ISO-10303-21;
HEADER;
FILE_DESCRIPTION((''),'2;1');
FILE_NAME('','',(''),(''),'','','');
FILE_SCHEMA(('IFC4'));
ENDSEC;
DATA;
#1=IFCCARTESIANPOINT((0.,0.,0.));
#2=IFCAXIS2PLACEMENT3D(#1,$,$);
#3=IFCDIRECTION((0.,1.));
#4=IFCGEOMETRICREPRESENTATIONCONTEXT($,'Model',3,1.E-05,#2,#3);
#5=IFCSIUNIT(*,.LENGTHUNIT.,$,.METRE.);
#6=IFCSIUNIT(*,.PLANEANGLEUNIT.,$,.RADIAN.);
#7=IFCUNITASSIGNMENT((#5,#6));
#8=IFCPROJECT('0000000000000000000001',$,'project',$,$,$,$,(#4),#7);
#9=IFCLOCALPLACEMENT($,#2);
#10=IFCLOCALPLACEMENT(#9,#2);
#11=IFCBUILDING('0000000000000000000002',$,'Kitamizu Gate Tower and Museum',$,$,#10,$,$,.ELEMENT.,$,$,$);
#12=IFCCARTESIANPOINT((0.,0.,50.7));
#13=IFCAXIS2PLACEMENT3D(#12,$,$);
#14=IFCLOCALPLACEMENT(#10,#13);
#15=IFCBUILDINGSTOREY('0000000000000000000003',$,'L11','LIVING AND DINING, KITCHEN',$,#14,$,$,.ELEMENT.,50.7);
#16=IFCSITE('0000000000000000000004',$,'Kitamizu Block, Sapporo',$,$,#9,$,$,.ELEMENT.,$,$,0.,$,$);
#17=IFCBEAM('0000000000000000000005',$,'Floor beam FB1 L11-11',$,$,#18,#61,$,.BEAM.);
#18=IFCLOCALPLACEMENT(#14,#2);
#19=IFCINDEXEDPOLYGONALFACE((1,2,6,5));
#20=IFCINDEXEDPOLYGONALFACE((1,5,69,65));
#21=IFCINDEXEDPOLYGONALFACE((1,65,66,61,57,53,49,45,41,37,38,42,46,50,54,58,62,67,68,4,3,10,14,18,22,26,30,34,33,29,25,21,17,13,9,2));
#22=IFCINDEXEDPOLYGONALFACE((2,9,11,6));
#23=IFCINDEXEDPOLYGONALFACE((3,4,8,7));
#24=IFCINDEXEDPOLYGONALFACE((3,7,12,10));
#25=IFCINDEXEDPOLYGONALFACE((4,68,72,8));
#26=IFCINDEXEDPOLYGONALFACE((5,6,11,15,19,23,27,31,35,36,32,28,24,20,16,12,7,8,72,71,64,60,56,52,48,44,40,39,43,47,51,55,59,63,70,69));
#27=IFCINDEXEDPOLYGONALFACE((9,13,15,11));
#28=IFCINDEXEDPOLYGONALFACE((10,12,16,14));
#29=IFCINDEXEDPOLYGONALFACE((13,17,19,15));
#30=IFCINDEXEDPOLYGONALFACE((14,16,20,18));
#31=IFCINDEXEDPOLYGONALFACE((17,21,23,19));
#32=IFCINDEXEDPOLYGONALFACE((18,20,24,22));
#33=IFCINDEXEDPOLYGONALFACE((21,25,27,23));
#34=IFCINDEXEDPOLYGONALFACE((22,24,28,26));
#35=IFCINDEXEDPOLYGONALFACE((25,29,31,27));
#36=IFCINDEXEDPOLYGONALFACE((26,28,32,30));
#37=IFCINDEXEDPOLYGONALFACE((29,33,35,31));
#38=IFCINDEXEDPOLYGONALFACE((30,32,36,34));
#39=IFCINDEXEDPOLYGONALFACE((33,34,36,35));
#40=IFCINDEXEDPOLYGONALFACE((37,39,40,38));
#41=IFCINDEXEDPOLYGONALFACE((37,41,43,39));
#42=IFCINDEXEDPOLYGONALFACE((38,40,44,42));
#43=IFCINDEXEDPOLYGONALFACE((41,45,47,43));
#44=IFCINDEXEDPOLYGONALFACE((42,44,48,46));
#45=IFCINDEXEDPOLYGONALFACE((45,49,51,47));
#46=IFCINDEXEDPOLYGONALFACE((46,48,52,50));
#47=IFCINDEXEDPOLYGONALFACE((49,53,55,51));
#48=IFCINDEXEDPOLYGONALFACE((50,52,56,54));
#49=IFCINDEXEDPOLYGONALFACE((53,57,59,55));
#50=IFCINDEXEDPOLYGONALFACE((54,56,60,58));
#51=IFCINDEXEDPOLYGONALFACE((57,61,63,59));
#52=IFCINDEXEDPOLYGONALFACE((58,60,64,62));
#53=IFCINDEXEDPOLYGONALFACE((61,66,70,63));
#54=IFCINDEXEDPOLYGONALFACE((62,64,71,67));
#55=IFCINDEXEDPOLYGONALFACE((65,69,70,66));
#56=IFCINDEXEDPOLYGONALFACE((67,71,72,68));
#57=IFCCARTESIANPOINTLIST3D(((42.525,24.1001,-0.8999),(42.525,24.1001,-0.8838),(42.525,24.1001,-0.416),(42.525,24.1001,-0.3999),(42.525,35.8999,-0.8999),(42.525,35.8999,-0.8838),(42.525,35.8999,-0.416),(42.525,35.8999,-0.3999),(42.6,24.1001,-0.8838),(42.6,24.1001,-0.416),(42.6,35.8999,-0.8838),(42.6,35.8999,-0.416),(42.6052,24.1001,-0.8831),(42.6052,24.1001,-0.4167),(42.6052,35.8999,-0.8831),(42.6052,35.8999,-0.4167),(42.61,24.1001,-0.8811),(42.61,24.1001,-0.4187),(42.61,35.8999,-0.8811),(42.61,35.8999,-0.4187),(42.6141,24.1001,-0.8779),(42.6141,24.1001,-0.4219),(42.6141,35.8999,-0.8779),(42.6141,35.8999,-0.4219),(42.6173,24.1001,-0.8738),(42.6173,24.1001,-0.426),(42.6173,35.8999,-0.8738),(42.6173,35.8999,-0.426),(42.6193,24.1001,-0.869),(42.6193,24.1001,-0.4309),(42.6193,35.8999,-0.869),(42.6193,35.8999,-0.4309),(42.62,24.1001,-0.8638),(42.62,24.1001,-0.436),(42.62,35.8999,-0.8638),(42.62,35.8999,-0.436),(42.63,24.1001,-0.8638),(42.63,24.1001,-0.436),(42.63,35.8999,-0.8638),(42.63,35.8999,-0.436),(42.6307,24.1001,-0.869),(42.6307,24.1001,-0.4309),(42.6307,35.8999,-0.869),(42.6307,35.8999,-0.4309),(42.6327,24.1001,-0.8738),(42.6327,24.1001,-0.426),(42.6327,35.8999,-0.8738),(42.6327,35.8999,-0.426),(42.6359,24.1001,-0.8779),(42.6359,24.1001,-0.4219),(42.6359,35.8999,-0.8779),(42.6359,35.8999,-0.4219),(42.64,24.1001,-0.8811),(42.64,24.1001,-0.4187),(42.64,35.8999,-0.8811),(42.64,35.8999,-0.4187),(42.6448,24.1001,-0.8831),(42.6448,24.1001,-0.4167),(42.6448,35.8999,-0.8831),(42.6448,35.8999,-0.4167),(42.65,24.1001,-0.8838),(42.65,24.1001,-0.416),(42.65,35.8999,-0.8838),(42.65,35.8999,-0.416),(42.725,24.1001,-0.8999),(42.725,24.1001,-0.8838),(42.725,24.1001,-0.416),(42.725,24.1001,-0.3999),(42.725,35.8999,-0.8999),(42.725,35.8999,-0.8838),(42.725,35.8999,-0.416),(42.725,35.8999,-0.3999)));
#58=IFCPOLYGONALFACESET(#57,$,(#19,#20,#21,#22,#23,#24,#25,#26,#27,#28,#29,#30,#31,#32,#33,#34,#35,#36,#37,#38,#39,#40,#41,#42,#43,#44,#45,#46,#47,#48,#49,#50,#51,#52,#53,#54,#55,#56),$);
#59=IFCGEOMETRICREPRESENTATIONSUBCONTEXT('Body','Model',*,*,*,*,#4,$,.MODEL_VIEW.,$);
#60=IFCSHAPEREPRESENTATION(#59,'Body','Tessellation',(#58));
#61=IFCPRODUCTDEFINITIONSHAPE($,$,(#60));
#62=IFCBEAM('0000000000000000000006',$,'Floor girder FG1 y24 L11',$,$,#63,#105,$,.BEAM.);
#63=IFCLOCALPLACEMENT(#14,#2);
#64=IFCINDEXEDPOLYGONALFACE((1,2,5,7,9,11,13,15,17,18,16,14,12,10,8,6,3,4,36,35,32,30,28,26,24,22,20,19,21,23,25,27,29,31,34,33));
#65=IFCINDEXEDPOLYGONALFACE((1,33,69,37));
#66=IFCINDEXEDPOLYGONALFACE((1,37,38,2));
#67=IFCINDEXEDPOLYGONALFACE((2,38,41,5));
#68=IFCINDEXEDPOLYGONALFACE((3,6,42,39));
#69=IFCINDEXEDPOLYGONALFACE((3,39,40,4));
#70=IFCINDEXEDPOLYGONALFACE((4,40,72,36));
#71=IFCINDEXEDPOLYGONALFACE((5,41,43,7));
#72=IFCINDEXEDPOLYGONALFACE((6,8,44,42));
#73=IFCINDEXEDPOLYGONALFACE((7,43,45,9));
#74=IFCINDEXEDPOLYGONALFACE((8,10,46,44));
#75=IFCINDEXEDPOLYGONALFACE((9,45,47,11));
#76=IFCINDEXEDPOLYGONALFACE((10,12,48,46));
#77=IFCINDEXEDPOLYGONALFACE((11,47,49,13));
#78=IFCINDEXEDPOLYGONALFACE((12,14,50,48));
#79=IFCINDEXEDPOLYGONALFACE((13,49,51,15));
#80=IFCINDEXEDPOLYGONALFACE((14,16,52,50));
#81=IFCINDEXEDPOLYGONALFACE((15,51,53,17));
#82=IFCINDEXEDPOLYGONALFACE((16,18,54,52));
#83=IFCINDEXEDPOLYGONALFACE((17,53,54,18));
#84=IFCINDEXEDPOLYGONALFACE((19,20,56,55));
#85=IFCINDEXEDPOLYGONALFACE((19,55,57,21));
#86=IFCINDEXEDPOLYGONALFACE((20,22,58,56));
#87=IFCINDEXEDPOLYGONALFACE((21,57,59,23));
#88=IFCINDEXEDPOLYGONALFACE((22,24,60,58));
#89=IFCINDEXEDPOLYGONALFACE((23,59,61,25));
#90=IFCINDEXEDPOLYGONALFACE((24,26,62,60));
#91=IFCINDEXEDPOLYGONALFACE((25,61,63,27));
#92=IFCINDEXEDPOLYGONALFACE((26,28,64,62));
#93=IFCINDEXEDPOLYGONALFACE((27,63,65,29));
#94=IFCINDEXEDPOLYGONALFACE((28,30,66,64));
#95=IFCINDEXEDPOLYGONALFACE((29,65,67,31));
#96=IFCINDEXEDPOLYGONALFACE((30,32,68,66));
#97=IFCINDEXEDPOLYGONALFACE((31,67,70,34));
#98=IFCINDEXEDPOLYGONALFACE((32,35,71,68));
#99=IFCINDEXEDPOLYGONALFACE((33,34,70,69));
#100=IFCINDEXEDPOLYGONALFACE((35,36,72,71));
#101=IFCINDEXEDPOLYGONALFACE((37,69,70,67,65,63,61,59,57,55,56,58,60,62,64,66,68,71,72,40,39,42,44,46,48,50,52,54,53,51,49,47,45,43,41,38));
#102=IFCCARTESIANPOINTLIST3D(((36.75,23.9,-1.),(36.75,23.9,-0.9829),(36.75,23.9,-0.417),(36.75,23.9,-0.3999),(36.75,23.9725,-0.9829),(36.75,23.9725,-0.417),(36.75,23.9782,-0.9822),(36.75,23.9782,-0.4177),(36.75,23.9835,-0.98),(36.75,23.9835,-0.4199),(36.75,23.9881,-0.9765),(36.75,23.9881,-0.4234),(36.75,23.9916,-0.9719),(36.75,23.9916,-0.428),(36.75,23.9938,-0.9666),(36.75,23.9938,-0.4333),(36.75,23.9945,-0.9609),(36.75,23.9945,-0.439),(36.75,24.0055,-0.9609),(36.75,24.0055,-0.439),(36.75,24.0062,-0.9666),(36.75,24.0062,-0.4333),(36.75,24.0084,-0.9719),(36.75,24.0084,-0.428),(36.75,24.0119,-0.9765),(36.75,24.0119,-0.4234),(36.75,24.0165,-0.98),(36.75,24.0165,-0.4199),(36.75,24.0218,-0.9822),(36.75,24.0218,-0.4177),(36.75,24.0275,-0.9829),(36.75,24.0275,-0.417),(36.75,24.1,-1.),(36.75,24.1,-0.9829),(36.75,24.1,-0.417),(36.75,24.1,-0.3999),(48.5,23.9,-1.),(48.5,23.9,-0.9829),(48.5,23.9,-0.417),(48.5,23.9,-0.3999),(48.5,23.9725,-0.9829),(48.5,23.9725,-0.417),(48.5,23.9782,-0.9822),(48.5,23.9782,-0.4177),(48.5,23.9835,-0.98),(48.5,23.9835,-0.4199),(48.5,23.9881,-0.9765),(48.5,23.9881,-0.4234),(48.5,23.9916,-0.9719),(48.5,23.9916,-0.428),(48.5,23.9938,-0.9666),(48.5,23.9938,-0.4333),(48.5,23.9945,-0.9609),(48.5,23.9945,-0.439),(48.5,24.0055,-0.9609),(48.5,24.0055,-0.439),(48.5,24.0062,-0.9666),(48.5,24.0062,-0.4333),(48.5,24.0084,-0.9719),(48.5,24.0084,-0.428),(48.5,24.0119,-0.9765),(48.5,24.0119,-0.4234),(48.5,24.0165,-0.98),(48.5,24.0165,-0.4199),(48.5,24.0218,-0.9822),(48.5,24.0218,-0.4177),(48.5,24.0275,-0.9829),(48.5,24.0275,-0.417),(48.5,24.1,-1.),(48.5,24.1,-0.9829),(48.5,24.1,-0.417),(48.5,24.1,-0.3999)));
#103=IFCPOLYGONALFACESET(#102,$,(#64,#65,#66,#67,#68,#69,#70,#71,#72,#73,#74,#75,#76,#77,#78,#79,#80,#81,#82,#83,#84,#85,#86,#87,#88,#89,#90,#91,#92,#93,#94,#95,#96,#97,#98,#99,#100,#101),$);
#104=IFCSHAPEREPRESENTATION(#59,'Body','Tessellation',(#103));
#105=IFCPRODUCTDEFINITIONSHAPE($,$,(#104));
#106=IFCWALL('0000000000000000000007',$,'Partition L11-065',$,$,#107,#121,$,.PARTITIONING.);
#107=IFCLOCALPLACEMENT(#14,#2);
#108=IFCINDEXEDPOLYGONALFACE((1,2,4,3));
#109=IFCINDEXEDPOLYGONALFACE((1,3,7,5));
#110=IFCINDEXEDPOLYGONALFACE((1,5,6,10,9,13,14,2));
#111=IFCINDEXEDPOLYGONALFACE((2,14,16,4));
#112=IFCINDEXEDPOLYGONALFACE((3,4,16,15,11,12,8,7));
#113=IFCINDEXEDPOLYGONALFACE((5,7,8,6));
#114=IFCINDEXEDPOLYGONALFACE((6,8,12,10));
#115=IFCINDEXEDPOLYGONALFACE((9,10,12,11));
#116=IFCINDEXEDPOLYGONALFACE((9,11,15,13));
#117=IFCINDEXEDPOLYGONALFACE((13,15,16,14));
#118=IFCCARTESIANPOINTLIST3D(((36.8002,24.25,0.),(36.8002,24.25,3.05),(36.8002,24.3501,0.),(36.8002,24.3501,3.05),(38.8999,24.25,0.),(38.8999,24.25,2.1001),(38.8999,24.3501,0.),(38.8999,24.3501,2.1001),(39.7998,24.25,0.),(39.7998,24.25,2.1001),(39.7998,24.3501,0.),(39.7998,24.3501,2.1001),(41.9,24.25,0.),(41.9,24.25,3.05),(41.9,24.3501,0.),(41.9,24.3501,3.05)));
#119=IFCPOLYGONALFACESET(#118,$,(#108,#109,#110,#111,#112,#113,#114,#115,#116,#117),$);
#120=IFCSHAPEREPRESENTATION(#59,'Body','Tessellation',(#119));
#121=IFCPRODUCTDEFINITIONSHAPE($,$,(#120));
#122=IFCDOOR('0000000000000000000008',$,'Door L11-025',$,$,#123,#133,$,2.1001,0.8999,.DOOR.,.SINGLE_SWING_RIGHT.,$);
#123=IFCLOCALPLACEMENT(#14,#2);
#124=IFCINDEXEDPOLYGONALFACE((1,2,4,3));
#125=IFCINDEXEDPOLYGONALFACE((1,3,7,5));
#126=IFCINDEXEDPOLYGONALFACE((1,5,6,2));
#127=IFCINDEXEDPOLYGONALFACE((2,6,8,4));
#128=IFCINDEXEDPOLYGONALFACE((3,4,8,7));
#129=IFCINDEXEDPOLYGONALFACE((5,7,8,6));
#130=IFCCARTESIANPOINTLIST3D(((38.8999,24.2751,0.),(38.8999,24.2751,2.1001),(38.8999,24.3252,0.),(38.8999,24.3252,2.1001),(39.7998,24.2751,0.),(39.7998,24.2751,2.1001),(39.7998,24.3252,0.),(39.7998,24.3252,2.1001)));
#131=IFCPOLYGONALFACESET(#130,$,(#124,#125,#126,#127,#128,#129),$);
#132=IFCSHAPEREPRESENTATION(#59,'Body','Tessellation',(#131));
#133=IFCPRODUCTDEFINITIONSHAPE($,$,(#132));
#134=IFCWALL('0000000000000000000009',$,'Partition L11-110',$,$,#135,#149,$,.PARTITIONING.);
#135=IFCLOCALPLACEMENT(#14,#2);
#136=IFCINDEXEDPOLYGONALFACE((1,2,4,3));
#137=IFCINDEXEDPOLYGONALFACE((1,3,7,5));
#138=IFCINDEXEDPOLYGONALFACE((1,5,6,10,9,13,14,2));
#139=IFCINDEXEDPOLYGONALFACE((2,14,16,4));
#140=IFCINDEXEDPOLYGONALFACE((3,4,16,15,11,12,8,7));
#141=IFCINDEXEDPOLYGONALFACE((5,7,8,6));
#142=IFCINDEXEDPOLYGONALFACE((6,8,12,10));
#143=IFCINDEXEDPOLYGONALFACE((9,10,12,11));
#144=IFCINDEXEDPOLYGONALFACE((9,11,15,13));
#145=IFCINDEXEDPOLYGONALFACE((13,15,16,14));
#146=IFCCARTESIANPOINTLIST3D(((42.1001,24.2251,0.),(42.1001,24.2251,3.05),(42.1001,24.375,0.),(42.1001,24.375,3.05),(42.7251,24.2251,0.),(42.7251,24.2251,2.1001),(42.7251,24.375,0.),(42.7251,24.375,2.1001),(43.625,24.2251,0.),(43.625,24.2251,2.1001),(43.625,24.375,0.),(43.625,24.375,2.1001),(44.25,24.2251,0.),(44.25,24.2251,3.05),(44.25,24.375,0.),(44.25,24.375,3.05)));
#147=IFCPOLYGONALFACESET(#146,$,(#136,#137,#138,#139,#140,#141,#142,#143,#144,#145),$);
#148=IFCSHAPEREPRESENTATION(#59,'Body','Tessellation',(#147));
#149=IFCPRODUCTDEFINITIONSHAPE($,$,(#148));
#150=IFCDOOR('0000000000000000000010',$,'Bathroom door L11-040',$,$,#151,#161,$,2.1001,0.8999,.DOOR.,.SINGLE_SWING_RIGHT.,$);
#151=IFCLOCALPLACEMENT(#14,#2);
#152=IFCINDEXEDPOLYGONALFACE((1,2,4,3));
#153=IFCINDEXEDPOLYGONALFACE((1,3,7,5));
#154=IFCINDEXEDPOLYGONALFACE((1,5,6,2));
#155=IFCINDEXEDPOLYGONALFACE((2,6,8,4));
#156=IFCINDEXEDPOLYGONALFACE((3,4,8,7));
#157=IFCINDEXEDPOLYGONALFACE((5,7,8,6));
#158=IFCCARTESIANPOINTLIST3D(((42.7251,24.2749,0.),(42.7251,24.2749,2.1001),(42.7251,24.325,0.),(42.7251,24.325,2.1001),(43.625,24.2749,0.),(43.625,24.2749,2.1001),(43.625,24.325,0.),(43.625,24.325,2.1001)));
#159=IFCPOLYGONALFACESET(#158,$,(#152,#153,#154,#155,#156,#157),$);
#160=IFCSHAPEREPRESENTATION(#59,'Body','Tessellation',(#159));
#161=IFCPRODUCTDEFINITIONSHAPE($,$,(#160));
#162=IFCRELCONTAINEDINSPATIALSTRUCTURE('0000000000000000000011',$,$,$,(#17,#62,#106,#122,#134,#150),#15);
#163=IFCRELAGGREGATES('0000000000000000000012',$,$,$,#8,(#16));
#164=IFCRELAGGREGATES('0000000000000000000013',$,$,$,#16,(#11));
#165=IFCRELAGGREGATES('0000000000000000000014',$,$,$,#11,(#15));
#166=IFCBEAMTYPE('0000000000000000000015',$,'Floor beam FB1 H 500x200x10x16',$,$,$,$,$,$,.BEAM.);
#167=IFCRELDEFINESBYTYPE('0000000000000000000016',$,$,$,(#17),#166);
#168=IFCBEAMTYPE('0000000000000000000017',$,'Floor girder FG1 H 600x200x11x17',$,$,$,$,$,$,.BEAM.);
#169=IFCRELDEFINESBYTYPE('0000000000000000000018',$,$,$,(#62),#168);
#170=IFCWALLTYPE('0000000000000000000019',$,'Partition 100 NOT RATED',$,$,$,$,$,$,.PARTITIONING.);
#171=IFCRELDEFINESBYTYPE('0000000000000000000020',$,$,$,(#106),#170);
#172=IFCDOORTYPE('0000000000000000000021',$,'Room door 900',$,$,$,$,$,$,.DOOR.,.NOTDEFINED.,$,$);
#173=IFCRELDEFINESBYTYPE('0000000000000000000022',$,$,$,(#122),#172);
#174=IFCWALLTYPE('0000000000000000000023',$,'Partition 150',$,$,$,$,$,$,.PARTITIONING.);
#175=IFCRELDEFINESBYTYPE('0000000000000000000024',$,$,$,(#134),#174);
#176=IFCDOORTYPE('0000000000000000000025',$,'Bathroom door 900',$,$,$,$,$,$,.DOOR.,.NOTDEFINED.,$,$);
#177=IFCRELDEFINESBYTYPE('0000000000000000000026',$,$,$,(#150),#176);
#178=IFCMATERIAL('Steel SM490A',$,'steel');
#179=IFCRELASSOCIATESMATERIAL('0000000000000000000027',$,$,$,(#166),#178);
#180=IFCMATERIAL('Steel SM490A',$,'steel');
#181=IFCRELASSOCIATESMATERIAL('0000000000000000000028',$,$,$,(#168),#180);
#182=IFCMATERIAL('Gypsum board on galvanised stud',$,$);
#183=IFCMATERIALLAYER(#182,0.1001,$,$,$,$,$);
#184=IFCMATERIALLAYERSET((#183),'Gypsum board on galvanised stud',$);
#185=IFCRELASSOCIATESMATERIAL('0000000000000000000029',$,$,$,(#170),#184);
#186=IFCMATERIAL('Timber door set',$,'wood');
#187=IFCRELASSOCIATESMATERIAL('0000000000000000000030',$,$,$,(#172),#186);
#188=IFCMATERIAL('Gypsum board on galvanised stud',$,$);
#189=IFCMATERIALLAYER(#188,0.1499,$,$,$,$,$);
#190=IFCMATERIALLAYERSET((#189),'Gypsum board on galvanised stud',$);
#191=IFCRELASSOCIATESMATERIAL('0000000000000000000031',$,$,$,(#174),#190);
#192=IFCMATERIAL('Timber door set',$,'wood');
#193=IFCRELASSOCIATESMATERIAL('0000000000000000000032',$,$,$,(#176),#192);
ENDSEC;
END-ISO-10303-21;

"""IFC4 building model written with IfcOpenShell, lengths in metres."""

from ifc_helpers import new_model, si_unit, direction, frame, frame_2d, origin, origin_2d, place, context, subcontext, project, spatial, rectangle, i_section, extrude, material, layer, layer_set, material_profile, profile_set, type_object, element, fill, save


model = new_model("IFC4")

# Units and contexts
model_context = context("Model", 3, precision=1e-05, world=origin(), true_north=direction((0.0, 1.0)))
body_context = subcontext(model_context, "Body", "Model", "MODEL_VIEW")
ifc_project = project(units=[si_unit("LENGTHUNIT", "METRE"), si_unit("PLANEANGLEUNIT", "RADIAN")], contexts=[model_context])

# Site, building, storey
site_placement = place(None, origin())
site = spatial("IfcSite", under=ifc_project, at=site_placement, Name="Kitamizu Block, Sapporo", CompositionType="ELEMENT", RefElevation=0.0)
building_placement = place(site_placement, origin())
building = spatial("IfcBuilding", under=site, at=building_placement, Name="Kitamizu Gate Tower and Museum", CompositionType="ELEMENT")
storey_placement = place(building_placement, frame((0.0, 0.0, 50.7)))
storey = spatial("IfcBuildingStorey", under=building, at=storey_placement, Name="L11", Description="LIVING AND DINING, KITCHEN", CompositionType="ELEMENT", Elevation=50.7)

# Beams
ifc_material_1 = material(Name="Steel SM490A", Category="steel")
ifc_material_profile_1 = material_profile(ifc_material_1, i_section(OverallWidth=0.2, OverallDepth=0.5, WebThickness=0.01, FlangeThickness=0.0161, FilletRadius=0.02, at=origin_2d()), Name="H-500x200x10x16")
ifc_profile_set_1 = profile_set([ifc_material_profile_1], Name="Steel SM490A")
beam_type_1 = type_object("IfcBeamType", Name="Floor beam FB1 H 500x200x10x16", PredefinedType="BEAM", material=ifc_profile_set_1)
beam_1_placement = place(storey_placement, frame((42.625, 24.1001, -0.6499), z_axis=(0.0, 1.0, 0.0), x_axis=(-1.0, 0.0, 0.0)))
element("IfcBeam", 1, at=beam_1_placement, inside=storey, type_object=beam_type_1, Name="Floor beam FB1 L11-11", PredefinedType="BEAM", context=body_context, shape_type="SweptSolid", body=[
    extrude(i_section(OverallWidth=0.2, OverallDepth=0.5, WebThickness=0.01, FlangeThickness=0.0161, FilletRadius=0.02, at=origin_2d()), origin(), (0.0, 0.0, 1.0), 11.7998),
])
ifc_material_2 = material(Name="Steel SM490A", Category="steel")
ifc_material_profile_2 = material_profile(ifc_material_2, i_section(OverallWidth=0.2, OverallDepth=0.6001, WebThickness=0.011, FlangeThickness=0.0171, FilletRadius=0.022, at=origin_2d()), Name="H-600x200x11x17")
ifc_profile_set_2 = profile_set([ifc_material_profile_2], Name="Steel SM490A")
beam_type_2 = type_object("IfcBeamType", Name="Floor girder FG1 H 600x200x11x17", PredefinedType="BEAM", material=ifc_profile_set_2)
beam_2_placement = place(storey_placement, frame((36.75, 24.0, -0.7), z_axis=(1.0, 0.0, 0.0), x_axis=(0.0, 1.0, 0.0)))
element("IfcBeam", 2, at=beam_2_placement, inside=storey, type_object=beam_type_2, Name="Floor girder FG1 y24 L11", PredefinedType="BEAM", context=body_context, shape_type="SweptSolid", body=[
    extrude(i_section(OverallWidth=0.2, OverallDepth=0.6001, WebThickness=0.011, FlangeThickness=0.0171, FilletRadius=0.022, at=origin_2d()), origin(), (0.0, 0.0, 1.0), 11.75),
])

# Walls, openings, doors
ifc_material_3 = material(Name="Gypsum board on galvanised stud")
ifc_layer_1 = layer(ifc_material_3, 0.1001)
ifc_layer_set_1 = layer_set([ifc_layer_1], Name="Gypsum board on galvanised stud")
wall_type_1 = type_object("IfcWallType", Name="Partition 100 NOT RATED", PredefinedType="PARTITIONING", material=ifc_layer_set_1)
wall_1_placement = place(storey_placement, frame((41.8999, 24.3, 0.0), z_axis=(0.0, 0.0, 1.0), x_axis=(-1.0, 0.0, 0.0)))
wall_1 = element("IfcWall", 3, at=wall_1_placement, inside=storey, type_object=wall_type_1, Name="Partition L11-065", PredefinedType="PARTITIONING", context=body_context, shape_type="SweptSolid", body=[
    extrude(rectangle(XDim=5.0999, YDim=0.1001, at=frame_2d((2.5498, 0.0))), origin(), (0.0, 0.0, 1.0), 3.05),
])
opening_1_placement = place(wall_1_placement, frame((2.1001, 0.0, 0.0)))
opening_1 = element("IfcOpeningElement", 4, at=opening_1_placement, cuts=wall_1, PredefinedType="OPENING", context=body_context, shape_type="SweptSolid", body=[
    extrude(rectangle(XDim=0.8999, YDim=2.1001, at=frame_2d((0.45, 1.05))), frame((0.0, 0.0601, 0.0), z_axis=(0.0, -1.0, 0.0), x_axis=(1.0, 0.0, 0.0)), (0.0, 0.0, 1.0), 0.1201),
])
ifc_material_4 = material(Name="Timber door set", Category="wood")
door_type_1 = type_object("IfcDoorType", Name="Room door 900", OperationType="NOTDEFINED", PredefinedType="DOOR", material=ifc_material_4)
door_1_placement = place(opening_1_placement, origin())
door_1 = element("IfcDoor", 5, at=door_1_placement, inside=storey, type_object=door_type_1, Name="Door L11-025", OperationType="SINGLE_SWING_RIGHT", OverallHeight=2.1001, OverallWidth=0.8999, PredefinedType="DOOR", context=body_context, shape_type="SweptSolid", body=[
    extrude(rectangle(XDim=0.8999, YDim=2.1001, at=frame_2d((0.45, 1.05))), frame((0.0, 0.0249, 0.0), z_axis=(0.0, -1.0, 0.0), x_axis=(1.0, 0.0, 0.0)), (0.0, 0.0, 1.0), 0.05),
])
fill(opening_1, door_1)
ifc_material_5 = material(Name="Gypsum board on galvanised stud")
ifc_layer_2 = layer(ifc_material_5, 0.1499)
ifc_layer_set_2 = layer_set([ifc_layer_2], Name="Gypsum board on galvanised stud")
wall_type_2 = type_object("IfcWallType", Name="Partition 150", PredefinedType="PARTITIONING", material=ifc_layer_set_2)
wall_2_placement = place(storey_placement, frame((44.25, 24.3, 0.0), z_axis=(0.0, 0.0, 1.0), x_axis=(-1.0, 0.0, 0.0)))
wall_2 = element("IfcWall", 6, at=wall_2_placement, inside=storey, type_object=wall_type_2, Name="Partition L11-110", PredefinedType="PARTITIONING", context=body_context, shape_type="SweptSolid", body=[
    extrude(rectangle(XDim=2.1499, YDim=0.1499, at=frame_2d((1.075, 0.0))), origin(), (0.0, 0.0, 1.0), 3.05),
])
opening_2_placement = place(wall_2_placement, frame((0.625, 0.0, 0.0)))
opening_2 = element("IfcOpeningElement", 7, at=opening_2_placement, cuts=wall_2, PredefinedType="OPENING", context=body_context, shape_type="SweptSolid", body=[
    extrude(rectangle(XDim=0.8999, YDim=2.1001, at=frame_2d((0.45, 1.05))), frame((0.0, 0.085, 0.0), z_axis=(0.0, -1.0, 0.0), x_axis=(1.0, 0.0, 0.0)), (0.0, 0.0, 1.0), 0.1699),
])
ifc_material_6 = material(Name="Timber door set", Category="wood")
door_type_2 = type_object("IfcDoorType", Name="Bathroom door 900", OperationType="NOTDEFINED", PredefinedType="DOOR", material=ifc_material_6)
door_2_placement = place(opening_2_placement, frame((0.8999, 0.0, 0.0), x_axis=(-1.0, 0.0, 0.0)))
door_2 = element("IfcDoor", 8, at=door_2_placement, inside=storey, type_object=door_type_2, Name="Bathroom door L11-040", OperationType="SINGLE_SWING_RIGHT", OverallHeight=2.1001, OverallWidth=0.8999, PredefinedType="DOOR", context=body_context, shape_type="SweptSolid", body=[
    extrude(rectangle(XDim=0.8999, YDim=2.1001, at=frame_2d((0.45, 1.05))), frame((0.0, 0.0249, 0.0), z_axis=(0.0, -1.0, 0.0), x_axis=(1.0, 0.0, 0.0)), (0.0, 0.0, 1.0), 0.05),
])
fill(opening_2, door_2)

save(model, "model.ifc")
